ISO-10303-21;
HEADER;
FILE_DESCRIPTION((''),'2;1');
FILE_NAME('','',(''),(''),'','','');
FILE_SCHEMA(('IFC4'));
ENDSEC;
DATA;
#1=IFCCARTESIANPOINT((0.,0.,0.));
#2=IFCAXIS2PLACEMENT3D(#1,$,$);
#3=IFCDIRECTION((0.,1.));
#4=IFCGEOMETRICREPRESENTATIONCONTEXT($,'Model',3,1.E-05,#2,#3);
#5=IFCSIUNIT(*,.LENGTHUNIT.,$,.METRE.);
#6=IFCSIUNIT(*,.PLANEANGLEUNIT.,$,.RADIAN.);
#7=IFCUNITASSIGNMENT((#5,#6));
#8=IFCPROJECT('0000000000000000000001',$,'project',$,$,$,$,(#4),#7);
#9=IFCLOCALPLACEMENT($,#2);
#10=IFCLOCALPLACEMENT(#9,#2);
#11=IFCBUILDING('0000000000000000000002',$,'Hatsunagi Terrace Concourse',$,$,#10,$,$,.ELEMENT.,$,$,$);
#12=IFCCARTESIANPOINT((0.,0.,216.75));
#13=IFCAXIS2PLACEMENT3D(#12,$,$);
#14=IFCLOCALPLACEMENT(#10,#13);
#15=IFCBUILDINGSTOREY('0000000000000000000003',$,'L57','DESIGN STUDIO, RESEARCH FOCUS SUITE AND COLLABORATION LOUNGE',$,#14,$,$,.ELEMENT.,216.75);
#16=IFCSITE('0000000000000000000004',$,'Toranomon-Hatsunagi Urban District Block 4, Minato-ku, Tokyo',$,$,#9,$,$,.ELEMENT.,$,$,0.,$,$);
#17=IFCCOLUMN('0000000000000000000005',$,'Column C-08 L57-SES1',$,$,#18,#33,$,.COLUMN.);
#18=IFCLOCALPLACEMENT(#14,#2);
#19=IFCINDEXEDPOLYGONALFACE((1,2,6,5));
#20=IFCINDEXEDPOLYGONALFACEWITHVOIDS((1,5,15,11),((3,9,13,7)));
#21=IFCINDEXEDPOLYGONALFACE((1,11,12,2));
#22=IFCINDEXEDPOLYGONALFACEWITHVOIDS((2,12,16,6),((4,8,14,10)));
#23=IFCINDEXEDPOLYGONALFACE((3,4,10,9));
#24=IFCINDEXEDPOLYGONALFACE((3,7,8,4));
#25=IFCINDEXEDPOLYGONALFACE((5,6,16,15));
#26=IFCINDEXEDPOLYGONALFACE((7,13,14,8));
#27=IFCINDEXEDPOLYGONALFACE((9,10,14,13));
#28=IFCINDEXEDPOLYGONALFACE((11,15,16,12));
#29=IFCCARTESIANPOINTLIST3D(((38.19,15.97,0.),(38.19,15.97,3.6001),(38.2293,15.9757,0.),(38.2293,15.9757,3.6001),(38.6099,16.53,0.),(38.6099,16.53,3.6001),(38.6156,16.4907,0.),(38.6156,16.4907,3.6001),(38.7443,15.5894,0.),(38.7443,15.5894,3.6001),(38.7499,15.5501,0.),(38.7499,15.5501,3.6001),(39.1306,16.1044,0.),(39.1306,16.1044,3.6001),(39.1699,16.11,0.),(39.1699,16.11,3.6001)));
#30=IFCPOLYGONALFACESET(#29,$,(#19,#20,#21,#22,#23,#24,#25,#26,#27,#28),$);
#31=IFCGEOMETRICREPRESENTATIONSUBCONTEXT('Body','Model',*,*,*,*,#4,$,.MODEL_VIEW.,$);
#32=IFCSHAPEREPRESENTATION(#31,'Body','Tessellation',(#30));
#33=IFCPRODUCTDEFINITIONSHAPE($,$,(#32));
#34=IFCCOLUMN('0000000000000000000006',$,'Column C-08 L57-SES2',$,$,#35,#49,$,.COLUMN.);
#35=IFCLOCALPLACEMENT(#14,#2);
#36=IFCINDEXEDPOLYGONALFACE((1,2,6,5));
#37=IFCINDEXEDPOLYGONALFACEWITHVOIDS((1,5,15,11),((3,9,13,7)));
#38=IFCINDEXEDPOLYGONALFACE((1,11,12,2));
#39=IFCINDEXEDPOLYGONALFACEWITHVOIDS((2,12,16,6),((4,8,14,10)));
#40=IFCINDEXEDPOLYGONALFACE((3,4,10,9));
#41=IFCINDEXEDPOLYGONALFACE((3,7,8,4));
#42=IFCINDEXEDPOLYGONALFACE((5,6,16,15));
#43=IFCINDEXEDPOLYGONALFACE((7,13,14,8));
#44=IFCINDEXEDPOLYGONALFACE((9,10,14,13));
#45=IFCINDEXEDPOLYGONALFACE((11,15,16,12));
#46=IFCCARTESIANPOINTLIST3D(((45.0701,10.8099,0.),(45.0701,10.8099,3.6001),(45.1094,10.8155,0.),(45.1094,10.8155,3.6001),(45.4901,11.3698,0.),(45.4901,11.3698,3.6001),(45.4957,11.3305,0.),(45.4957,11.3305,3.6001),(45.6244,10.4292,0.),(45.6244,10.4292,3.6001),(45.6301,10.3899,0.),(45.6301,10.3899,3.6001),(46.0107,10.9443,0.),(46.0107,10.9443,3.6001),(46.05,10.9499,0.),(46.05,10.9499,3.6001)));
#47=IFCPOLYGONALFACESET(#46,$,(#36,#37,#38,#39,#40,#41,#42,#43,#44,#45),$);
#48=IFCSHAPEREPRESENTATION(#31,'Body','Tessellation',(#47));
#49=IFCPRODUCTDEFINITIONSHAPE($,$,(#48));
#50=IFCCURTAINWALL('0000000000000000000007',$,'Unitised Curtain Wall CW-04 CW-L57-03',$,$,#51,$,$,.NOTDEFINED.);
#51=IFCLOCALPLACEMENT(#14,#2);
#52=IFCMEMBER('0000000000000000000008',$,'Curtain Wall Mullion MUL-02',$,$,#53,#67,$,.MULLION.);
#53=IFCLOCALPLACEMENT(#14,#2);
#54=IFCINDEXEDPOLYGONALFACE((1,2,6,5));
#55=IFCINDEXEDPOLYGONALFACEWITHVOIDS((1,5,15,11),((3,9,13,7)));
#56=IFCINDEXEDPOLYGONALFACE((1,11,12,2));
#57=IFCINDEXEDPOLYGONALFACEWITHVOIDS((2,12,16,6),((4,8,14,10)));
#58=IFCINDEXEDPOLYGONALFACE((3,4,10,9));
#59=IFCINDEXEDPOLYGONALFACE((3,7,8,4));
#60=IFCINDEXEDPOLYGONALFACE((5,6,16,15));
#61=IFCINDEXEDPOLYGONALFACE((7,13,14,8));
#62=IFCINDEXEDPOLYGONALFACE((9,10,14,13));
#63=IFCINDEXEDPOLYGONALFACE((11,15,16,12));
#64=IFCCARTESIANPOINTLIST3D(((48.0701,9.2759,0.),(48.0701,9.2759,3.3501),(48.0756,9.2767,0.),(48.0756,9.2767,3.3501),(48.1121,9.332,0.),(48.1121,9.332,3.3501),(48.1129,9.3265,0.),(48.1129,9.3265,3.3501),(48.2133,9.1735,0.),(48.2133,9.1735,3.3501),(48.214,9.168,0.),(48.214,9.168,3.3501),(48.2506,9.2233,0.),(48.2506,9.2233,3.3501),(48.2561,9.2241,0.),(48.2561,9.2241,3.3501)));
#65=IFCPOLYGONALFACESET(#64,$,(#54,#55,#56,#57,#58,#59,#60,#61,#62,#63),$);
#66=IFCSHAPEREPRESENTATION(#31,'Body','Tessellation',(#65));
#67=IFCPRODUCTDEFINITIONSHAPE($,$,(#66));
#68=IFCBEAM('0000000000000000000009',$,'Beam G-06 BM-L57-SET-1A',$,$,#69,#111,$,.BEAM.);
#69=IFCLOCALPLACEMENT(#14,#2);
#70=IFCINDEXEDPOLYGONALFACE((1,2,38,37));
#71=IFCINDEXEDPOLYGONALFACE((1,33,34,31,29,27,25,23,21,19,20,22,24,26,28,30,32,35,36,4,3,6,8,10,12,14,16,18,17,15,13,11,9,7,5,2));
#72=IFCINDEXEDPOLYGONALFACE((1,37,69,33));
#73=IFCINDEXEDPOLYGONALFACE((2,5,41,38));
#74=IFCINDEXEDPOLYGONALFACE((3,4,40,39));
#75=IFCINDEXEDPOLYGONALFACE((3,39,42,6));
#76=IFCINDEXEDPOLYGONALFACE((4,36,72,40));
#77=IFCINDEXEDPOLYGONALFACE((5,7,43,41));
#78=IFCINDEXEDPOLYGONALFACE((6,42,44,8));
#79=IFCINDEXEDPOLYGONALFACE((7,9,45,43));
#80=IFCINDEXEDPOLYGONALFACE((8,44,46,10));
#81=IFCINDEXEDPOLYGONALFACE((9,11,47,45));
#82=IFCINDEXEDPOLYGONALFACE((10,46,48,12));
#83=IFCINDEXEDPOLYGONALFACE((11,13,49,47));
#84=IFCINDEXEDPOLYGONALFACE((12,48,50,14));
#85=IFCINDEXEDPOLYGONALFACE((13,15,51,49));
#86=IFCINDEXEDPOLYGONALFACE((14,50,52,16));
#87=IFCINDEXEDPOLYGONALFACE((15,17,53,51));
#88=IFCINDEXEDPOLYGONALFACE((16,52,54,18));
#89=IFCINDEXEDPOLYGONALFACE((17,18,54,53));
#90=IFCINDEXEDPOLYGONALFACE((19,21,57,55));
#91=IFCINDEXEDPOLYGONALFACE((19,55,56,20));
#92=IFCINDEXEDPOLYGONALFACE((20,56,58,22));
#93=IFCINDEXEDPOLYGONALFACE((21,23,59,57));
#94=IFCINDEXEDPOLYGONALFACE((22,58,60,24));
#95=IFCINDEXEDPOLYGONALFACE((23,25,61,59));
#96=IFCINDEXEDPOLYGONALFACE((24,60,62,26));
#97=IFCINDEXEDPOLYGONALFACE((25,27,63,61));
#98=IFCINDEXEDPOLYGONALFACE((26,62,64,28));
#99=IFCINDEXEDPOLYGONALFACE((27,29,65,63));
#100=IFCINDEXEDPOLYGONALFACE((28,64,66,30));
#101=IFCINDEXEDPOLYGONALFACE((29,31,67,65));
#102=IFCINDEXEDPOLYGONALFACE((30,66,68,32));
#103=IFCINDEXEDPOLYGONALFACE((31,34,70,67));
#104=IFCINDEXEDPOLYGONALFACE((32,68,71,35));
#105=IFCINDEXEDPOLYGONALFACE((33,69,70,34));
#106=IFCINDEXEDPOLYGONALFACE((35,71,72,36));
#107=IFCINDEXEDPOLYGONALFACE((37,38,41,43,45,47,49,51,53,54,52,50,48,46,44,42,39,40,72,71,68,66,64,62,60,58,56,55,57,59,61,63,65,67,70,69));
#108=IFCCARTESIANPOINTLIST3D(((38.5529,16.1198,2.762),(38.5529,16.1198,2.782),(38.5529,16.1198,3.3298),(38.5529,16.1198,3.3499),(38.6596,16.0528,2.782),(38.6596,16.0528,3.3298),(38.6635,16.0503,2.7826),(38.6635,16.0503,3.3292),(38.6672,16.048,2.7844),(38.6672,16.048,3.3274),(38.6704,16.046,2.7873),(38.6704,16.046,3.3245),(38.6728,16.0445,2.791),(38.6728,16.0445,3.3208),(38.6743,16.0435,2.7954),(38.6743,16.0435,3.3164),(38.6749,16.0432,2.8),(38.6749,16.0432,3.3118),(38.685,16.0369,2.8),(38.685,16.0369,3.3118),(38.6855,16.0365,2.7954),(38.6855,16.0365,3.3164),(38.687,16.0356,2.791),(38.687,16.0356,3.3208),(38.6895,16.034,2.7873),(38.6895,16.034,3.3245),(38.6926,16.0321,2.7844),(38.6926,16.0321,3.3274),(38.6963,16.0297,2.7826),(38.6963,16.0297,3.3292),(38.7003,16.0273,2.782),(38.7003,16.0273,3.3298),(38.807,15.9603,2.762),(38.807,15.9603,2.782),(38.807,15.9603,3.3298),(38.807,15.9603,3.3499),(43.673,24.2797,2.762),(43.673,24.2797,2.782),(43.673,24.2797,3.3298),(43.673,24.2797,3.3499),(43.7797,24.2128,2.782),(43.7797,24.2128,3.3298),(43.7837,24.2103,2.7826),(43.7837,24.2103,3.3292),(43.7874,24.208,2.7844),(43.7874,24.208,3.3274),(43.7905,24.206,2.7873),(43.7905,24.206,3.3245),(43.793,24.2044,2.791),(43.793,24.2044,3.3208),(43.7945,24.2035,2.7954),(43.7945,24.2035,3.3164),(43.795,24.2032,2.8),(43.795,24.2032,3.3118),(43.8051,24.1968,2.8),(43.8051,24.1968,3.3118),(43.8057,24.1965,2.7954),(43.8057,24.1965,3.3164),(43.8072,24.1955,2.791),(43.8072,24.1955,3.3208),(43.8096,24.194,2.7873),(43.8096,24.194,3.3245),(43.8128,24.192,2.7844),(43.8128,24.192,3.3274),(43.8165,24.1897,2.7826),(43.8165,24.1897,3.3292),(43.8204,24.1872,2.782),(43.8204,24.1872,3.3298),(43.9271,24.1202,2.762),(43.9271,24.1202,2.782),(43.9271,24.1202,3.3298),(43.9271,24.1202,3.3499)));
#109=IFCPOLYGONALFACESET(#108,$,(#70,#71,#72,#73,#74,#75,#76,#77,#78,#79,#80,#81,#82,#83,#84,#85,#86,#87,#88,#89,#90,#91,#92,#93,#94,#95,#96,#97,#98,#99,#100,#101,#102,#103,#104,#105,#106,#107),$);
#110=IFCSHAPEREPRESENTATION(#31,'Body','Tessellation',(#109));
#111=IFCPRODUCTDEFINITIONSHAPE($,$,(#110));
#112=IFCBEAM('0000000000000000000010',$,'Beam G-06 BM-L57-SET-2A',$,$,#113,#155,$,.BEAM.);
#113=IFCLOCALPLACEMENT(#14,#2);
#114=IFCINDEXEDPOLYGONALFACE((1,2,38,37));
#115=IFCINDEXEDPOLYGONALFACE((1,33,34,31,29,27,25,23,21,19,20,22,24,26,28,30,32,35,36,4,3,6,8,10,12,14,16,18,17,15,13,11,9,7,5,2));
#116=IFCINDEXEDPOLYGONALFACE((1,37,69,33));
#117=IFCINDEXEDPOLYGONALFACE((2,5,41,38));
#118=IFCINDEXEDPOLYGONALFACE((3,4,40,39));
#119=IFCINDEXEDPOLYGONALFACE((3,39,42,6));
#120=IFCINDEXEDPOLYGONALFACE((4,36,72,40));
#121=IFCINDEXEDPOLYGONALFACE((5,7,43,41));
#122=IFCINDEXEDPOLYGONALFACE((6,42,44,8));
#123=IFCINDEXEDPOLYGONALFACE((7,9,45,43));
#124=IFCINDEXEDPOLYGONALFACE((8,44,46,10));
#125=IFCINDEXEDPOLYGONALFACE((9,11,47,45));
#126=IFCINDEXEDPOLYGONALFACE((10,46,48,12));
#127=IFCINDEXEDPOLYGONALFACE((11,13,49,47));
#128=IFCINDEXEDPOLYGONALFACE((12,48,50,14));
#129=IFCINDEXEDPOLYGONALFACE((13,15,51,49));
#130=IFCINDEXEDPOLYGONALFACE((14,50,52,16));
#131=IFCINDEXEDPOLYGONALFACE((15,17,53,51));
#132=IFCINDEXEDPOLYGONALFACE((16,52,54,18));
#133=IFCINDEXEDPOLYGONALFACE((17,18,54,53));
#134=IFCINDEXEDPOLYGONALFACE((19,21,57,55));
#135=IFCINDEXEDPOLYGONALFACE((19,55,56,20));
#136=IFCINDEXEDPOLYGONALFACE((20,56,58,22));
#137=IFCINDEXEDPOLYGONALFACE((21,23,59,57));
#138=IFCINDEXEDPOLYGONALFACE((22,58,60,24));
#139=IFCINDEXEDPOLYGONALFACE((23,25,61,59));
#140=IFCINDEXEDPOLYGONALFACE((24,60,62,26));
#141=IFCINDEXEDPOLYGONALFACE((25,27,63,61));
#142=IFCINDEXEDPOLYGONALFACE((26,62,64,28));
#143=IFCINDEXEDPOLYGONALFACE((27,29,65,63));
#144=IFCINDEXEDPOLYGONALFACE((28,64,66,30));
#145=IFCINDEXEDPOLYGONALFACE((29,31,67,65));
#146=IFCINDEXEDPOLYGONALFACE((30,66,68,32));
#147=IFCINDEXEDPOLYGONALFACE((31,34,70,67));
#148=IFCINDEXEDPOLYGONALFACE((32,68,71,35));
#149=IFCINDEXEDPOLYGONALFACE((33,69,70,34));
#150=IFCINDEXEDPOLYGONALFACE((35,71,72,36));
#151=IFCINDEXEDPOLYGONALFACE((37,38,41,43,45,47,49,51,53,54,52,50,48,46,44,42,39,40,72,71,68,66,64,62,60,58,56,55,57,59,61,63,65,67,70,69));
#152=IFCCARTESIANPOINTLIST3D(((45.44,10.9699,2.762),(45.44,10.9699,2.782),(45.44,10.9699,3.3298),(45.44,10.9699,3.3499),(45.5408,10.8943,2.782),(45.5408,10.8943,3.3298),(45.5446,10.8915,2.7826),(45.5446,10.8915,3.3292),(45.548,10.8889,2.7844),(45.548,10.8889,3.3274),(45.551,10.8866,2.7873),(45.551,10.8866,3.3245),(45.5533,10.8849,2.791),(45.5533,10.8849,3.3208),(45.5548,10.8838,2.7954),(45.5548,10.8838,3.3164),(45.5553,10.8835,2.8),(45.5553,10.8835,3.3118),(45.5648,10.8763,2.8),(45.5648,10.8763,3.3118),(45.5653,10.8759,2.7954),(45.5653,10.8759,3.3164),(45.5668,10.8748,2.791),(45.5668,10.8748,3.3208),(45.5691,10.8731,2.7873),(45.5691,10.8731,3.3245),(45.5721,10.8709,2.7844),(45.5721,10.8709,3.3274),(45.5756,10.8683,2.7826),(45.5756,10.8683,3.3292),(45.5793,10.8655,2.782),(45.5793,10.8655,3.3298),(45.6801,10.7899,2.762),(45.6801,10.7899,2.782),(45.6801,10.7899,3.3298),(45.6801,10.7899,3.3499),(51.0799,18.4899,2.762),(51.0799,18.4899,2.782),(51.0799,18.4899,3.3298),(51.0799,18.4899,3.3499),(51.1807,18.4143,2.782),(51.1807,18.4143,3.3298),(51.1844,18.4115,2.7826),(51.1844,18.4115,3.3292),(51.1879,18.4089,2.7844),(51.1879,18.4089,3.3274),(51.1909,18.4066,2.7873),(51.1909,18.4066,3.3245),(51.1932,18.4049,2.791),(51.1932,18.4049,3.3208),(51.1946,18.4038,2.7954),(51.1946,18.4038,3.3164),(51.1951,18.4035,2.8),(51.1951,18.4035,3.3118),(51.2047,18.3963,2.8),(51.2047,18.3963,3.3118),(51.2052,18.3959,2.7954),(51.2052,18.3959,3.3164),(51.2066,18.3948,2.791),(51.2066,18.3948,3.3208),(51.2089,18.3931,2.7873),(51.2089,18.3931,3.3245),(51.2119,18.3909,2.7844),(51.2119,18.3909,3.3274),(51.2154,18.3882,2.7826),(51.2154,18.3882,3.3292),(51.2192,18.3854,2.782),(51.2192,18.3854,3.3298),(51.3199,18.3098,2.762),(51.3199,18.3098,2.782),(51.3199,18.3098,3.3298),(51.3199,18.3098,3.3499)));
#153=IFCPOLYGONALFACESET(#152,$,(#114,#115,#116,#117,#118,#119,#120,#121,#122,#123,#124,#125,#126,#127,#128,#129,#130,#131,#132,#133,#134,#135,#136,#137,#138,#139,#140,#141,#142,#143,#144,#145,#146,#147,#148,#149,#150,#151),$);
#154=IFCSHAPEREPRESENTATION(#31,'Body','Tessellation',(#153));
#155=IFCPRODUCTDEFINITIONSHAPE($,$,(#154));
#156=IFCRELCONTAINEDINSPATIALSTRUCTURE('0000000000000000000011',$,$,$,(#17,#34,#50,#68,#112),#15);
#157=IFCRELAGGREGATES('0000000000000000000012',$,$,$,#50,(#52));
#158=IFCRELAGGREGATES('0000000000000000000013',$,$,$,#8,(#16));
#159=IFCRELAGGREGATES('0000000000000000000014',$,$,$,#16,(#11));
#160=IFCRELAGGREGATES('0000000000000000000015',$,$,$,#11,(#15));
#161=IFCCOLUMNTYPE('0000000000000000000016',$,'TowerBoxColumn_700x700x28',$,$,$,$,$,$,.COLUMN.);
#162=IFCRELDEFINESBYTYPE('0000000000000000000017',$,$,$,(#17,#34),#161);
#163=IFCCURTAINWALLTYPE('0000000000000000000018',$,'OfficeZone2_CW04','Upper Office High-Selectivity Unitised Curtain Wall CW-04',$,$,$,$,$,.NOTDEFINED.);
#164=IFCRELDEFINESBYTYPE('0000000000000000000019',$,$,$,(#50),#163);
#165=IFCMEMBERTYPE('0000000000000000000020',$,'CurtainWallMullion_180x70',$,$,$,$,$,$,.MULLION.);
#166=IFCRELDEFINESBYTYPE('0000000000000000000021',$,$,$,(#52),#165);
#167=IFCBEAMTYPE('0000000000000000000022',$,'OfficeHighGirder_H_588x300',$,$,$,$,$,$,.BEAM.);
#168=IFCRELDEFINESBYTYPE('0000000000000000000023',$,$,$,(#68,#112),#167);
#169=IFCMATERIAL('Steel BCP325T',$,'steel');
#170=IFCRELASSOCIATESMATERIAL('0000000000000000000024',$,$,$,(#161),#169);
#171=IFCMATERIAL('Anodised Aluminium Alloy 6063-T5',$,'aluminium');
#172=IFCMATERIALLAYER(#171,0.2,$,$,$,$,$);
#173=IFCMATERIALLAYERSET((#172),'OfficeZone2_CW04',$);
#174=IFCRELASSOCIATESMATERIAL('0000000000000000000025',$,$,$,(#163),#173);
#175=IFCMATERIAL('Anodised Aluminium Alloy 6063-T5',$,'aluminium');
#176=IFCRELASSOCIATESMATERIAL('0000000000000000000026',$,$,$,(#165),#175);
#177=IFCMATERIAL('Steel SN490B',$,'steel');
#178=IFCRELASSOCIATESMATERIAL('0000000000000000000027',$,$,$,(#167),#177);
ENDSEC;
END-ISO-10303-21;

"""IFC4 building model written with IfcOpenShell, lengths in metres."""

from ifc_helpers import new_model, si_unit, direction, frame, origin, origin_2d, place, context, subcontext, project, spatial, hollow_rectangle, i_section, extrude, material, layer, layer_set, material_profile, profile_set, type_object, element, aggregate, save


model = new_model("IFC4")

# Units and contexts
model_context = context("Model", 3, precision=1e-05, world=origin(), true_north=direction((0.0, 1.0)))
body_context = subcontext(model_context, "Body", "Model", "MODEL_VIEW")
ifc_project = project(units=[si_unit("LENGTHUNIT", "METRE"), si_unit("PLANEANGLEUNIT", "RADIAN")], contexts=[model_context])

# Site, building, storey
site_placement = place(None, origin())
site = spatial("IfcSite", under=ifc_project, at=site_placement, Name="Toranomon-Hatsunagi Urban District Block 4, Minato-ku, Tokyo", CompositionType="ELEMENT", RefElevation=0.0)
building_placement = place(site_placement, origin())
building = spatial("IfcBuilding", under=site, at=building_placement, Name="Hatsunagi Terrace Concourse", CompositionType="ELEMENT")
storey_placement = place(building_placement, frame((0.0, 0.0, 216.75)))
storey = spatial("IfcBuildingStorey", under=building, at=storey_placement, Name="L57", Description="DESIGN STUDIO, RESEARCH FOCUS SUITE AND COLLABORATION LOUNGE", CompositionType="ELEMENT", Elevation=216.75)

# Columns
ifc_material_1 = material(Name="Steel BCP325T", Category="steel")
ifc_material_profile_1 = material_profile(ifc_material_1, hollow_rectangle(XDim=0.7, YDim=0.7, WallThickness=0.0281, at=origin_2d()), Name="BCP-700x700x28")
ifc_profile_set_1 = profile_set([ifc_material_profile_1], Name="Steel BCP325T")
column_type = type_object("IfcColumnType", Name="TowerBoxColumn_700x700x28", PredefinedType="COLUMN", material=ifc_profile_set_1)
for number, where, z_axis, x_axis, name in (
    (1, (38.6799, 16.04, 0.0), (0.0, 0.0, 1.0), (0.8, -0.6, 0.0), "Column C-08 L57-SES1"),
    (2, (45.5601, 10.8799, 0.0), (0.0, 0.0, 1.0), (0.8, -0.6, 0.0), "Column C-08 L57-SES2"),
):
    element("IfcColumn", number, at=place(storey_placement, frame(where, z_axis=z_axis, x_axis=x_axis)), inside=storey, type_object=column_type, Name=name, PredefinedType="COLUMN", context=body_context, shape_type="SweptSolid", body=[
        extrude(hollow_rectangle(XDim=0.7, YDim=0.7, WallThickness=0.0281, at=origin_2d()), origin(), (0.0, 0.0, 1.0), 3.6001),
    ])

# Curtain wall, member
ifc_material_2 = material(Name="Anodised Aluminium Alloy 6063-T5", Category="aluminium")
ifc_layer_1 = layer(ifc_material_2, 0.2)
ifc_layer_set_1 = layer_set([ifc_layer_1], Name="OfficeZone2_CW04")
curtain_wall_type = type_object("IfcCurtainWallType", Name="OfficeZone2_CW04", Description="Upper Office High-Selectivity Unitised Curtain Wall CW-04", PredefinedType="NOTDEFINED", material=ifc_layer_set_1)
curtain_wall_placement = place(storey_placement, origin())
curtain_wall = element("IfcCurtainWall", 3, at=curtain_wall_placement, inside=storey, type_object=curtain_wall_type, Name="Unitised Curtain Wall CW-04 CW-L57-03", PredefinedType="NOTDEFINED")
ifc_material_3 = material(Name="Anodised Aluminium Alloy 6063-T5", Category="aluminium")
ifc_material_profile_2 = material_profile(ifc_material_3, hollow_rectangle(XDim=0.0701, YDim=0.1799, WallThickness=0.0039, at=origin_2d()), Name="ALU-MUL-180x70x4")
ifc_profile_set_2 = profile_set([ifc_material_profile_2], Name="Anodised Aluminium Alloy 6063-T5")
member_type_1 = type_object("IfcMemberType", Name="CurtainWallMullion_180x70", PredefinedType="MULLION", material=ifc_profile_set_2)
member_1_placement = place(storey_placement, frame((48.1631, 9.25, 0.0), z_axis=(0.0, 0.0, 1.0), x_axis=(-0.599969, -0.800023, 0.0)))
member_1 = element("IfcMember", 4, at=member_1_placement, type_object=member_type_1, Name="Curtain Wall Mullion MUL-02", PredefinedType="MULLION", context=body_context, shape_type="SweptSolid", body=[
    extrude(hollow_rectangle(XDim=0.0701, YDim=0.1799, WallThickness=0.0039, at=origin_2d()), origin(), (0.0, 0.0, 1.0), 3.3501),
])

# Beams
ifc_material_4 = material(Name="Steel SN490B", Category="steel")
ifc_material_profile_3 = material_profile(ifc_material_4, i_section(OverallWidth=0.3, OverallDepth=0.5879, WebThickness=0.012, FlangeThickness=0.02, FilletRadius=0.0181, at=origin_2d()), Name="H-588x300x12x20")
ifc_profile_set_3 = profile_set([ifc_material_profile_3], Name="Steel SN490B")
beam_type_1 = type_object("IfcBeamType", Name="OfficeHighGirder_H_588x300", PredefinedType="BEAM", material=ifc_profile_set_3)
beam_1_placement = place(storey_placement, frame((38.6799, 16.04, 3.0559), z_axis=(0.531504, 0.847056, 0.0), x_axis=(-0.847056, 0.531504, 0.0)))
element("IfcBeam", 5, at=beam_1_placement, inside=storey, type_object=beam_type_1, Name="Beam G-06 BM-L57-SET-1A", PredefinedType="BEAM", context=body_context, shape_type="SweptSolid", body=[
    extrude(i_section(OverallWidth=0.3, OverallDepth=0.5879, WebThickness=0.012, FlangeThickness=0.02, FilletRadius=0.0181, at=origin_2d()), origin(), (0.0, 0.0, 1.0), 9.6333),
])
beam_2_placement = place(storey_placement, frame((45.5601, 10.8799, 3.0559), z_axis=(0.599992, 0.800006, 0.0), x_axis=(-0.800006, 0.599992, 0.0)))
element("IfcBeam", 6, at=beam_2_placement, inside=storey, type_object=beam_type_1, Name="Beam G-06 BM-L57-SET-2A", PredefinedType="BEAM", context=body_context, shape_type="SweptSolid", body=[
    extrude(i_section(OverallWidth=0.3, OverallDepth=0.5879, WebThickness=0.012, FlangeThickness=0.02, FilletRadius=0.0181, at=origin_2d()), origin(), (0.0, 0.0, 1.0), 9.3999),
])

aggregate(curtain_wall, [member_1])

save(model, "model.ifc")
